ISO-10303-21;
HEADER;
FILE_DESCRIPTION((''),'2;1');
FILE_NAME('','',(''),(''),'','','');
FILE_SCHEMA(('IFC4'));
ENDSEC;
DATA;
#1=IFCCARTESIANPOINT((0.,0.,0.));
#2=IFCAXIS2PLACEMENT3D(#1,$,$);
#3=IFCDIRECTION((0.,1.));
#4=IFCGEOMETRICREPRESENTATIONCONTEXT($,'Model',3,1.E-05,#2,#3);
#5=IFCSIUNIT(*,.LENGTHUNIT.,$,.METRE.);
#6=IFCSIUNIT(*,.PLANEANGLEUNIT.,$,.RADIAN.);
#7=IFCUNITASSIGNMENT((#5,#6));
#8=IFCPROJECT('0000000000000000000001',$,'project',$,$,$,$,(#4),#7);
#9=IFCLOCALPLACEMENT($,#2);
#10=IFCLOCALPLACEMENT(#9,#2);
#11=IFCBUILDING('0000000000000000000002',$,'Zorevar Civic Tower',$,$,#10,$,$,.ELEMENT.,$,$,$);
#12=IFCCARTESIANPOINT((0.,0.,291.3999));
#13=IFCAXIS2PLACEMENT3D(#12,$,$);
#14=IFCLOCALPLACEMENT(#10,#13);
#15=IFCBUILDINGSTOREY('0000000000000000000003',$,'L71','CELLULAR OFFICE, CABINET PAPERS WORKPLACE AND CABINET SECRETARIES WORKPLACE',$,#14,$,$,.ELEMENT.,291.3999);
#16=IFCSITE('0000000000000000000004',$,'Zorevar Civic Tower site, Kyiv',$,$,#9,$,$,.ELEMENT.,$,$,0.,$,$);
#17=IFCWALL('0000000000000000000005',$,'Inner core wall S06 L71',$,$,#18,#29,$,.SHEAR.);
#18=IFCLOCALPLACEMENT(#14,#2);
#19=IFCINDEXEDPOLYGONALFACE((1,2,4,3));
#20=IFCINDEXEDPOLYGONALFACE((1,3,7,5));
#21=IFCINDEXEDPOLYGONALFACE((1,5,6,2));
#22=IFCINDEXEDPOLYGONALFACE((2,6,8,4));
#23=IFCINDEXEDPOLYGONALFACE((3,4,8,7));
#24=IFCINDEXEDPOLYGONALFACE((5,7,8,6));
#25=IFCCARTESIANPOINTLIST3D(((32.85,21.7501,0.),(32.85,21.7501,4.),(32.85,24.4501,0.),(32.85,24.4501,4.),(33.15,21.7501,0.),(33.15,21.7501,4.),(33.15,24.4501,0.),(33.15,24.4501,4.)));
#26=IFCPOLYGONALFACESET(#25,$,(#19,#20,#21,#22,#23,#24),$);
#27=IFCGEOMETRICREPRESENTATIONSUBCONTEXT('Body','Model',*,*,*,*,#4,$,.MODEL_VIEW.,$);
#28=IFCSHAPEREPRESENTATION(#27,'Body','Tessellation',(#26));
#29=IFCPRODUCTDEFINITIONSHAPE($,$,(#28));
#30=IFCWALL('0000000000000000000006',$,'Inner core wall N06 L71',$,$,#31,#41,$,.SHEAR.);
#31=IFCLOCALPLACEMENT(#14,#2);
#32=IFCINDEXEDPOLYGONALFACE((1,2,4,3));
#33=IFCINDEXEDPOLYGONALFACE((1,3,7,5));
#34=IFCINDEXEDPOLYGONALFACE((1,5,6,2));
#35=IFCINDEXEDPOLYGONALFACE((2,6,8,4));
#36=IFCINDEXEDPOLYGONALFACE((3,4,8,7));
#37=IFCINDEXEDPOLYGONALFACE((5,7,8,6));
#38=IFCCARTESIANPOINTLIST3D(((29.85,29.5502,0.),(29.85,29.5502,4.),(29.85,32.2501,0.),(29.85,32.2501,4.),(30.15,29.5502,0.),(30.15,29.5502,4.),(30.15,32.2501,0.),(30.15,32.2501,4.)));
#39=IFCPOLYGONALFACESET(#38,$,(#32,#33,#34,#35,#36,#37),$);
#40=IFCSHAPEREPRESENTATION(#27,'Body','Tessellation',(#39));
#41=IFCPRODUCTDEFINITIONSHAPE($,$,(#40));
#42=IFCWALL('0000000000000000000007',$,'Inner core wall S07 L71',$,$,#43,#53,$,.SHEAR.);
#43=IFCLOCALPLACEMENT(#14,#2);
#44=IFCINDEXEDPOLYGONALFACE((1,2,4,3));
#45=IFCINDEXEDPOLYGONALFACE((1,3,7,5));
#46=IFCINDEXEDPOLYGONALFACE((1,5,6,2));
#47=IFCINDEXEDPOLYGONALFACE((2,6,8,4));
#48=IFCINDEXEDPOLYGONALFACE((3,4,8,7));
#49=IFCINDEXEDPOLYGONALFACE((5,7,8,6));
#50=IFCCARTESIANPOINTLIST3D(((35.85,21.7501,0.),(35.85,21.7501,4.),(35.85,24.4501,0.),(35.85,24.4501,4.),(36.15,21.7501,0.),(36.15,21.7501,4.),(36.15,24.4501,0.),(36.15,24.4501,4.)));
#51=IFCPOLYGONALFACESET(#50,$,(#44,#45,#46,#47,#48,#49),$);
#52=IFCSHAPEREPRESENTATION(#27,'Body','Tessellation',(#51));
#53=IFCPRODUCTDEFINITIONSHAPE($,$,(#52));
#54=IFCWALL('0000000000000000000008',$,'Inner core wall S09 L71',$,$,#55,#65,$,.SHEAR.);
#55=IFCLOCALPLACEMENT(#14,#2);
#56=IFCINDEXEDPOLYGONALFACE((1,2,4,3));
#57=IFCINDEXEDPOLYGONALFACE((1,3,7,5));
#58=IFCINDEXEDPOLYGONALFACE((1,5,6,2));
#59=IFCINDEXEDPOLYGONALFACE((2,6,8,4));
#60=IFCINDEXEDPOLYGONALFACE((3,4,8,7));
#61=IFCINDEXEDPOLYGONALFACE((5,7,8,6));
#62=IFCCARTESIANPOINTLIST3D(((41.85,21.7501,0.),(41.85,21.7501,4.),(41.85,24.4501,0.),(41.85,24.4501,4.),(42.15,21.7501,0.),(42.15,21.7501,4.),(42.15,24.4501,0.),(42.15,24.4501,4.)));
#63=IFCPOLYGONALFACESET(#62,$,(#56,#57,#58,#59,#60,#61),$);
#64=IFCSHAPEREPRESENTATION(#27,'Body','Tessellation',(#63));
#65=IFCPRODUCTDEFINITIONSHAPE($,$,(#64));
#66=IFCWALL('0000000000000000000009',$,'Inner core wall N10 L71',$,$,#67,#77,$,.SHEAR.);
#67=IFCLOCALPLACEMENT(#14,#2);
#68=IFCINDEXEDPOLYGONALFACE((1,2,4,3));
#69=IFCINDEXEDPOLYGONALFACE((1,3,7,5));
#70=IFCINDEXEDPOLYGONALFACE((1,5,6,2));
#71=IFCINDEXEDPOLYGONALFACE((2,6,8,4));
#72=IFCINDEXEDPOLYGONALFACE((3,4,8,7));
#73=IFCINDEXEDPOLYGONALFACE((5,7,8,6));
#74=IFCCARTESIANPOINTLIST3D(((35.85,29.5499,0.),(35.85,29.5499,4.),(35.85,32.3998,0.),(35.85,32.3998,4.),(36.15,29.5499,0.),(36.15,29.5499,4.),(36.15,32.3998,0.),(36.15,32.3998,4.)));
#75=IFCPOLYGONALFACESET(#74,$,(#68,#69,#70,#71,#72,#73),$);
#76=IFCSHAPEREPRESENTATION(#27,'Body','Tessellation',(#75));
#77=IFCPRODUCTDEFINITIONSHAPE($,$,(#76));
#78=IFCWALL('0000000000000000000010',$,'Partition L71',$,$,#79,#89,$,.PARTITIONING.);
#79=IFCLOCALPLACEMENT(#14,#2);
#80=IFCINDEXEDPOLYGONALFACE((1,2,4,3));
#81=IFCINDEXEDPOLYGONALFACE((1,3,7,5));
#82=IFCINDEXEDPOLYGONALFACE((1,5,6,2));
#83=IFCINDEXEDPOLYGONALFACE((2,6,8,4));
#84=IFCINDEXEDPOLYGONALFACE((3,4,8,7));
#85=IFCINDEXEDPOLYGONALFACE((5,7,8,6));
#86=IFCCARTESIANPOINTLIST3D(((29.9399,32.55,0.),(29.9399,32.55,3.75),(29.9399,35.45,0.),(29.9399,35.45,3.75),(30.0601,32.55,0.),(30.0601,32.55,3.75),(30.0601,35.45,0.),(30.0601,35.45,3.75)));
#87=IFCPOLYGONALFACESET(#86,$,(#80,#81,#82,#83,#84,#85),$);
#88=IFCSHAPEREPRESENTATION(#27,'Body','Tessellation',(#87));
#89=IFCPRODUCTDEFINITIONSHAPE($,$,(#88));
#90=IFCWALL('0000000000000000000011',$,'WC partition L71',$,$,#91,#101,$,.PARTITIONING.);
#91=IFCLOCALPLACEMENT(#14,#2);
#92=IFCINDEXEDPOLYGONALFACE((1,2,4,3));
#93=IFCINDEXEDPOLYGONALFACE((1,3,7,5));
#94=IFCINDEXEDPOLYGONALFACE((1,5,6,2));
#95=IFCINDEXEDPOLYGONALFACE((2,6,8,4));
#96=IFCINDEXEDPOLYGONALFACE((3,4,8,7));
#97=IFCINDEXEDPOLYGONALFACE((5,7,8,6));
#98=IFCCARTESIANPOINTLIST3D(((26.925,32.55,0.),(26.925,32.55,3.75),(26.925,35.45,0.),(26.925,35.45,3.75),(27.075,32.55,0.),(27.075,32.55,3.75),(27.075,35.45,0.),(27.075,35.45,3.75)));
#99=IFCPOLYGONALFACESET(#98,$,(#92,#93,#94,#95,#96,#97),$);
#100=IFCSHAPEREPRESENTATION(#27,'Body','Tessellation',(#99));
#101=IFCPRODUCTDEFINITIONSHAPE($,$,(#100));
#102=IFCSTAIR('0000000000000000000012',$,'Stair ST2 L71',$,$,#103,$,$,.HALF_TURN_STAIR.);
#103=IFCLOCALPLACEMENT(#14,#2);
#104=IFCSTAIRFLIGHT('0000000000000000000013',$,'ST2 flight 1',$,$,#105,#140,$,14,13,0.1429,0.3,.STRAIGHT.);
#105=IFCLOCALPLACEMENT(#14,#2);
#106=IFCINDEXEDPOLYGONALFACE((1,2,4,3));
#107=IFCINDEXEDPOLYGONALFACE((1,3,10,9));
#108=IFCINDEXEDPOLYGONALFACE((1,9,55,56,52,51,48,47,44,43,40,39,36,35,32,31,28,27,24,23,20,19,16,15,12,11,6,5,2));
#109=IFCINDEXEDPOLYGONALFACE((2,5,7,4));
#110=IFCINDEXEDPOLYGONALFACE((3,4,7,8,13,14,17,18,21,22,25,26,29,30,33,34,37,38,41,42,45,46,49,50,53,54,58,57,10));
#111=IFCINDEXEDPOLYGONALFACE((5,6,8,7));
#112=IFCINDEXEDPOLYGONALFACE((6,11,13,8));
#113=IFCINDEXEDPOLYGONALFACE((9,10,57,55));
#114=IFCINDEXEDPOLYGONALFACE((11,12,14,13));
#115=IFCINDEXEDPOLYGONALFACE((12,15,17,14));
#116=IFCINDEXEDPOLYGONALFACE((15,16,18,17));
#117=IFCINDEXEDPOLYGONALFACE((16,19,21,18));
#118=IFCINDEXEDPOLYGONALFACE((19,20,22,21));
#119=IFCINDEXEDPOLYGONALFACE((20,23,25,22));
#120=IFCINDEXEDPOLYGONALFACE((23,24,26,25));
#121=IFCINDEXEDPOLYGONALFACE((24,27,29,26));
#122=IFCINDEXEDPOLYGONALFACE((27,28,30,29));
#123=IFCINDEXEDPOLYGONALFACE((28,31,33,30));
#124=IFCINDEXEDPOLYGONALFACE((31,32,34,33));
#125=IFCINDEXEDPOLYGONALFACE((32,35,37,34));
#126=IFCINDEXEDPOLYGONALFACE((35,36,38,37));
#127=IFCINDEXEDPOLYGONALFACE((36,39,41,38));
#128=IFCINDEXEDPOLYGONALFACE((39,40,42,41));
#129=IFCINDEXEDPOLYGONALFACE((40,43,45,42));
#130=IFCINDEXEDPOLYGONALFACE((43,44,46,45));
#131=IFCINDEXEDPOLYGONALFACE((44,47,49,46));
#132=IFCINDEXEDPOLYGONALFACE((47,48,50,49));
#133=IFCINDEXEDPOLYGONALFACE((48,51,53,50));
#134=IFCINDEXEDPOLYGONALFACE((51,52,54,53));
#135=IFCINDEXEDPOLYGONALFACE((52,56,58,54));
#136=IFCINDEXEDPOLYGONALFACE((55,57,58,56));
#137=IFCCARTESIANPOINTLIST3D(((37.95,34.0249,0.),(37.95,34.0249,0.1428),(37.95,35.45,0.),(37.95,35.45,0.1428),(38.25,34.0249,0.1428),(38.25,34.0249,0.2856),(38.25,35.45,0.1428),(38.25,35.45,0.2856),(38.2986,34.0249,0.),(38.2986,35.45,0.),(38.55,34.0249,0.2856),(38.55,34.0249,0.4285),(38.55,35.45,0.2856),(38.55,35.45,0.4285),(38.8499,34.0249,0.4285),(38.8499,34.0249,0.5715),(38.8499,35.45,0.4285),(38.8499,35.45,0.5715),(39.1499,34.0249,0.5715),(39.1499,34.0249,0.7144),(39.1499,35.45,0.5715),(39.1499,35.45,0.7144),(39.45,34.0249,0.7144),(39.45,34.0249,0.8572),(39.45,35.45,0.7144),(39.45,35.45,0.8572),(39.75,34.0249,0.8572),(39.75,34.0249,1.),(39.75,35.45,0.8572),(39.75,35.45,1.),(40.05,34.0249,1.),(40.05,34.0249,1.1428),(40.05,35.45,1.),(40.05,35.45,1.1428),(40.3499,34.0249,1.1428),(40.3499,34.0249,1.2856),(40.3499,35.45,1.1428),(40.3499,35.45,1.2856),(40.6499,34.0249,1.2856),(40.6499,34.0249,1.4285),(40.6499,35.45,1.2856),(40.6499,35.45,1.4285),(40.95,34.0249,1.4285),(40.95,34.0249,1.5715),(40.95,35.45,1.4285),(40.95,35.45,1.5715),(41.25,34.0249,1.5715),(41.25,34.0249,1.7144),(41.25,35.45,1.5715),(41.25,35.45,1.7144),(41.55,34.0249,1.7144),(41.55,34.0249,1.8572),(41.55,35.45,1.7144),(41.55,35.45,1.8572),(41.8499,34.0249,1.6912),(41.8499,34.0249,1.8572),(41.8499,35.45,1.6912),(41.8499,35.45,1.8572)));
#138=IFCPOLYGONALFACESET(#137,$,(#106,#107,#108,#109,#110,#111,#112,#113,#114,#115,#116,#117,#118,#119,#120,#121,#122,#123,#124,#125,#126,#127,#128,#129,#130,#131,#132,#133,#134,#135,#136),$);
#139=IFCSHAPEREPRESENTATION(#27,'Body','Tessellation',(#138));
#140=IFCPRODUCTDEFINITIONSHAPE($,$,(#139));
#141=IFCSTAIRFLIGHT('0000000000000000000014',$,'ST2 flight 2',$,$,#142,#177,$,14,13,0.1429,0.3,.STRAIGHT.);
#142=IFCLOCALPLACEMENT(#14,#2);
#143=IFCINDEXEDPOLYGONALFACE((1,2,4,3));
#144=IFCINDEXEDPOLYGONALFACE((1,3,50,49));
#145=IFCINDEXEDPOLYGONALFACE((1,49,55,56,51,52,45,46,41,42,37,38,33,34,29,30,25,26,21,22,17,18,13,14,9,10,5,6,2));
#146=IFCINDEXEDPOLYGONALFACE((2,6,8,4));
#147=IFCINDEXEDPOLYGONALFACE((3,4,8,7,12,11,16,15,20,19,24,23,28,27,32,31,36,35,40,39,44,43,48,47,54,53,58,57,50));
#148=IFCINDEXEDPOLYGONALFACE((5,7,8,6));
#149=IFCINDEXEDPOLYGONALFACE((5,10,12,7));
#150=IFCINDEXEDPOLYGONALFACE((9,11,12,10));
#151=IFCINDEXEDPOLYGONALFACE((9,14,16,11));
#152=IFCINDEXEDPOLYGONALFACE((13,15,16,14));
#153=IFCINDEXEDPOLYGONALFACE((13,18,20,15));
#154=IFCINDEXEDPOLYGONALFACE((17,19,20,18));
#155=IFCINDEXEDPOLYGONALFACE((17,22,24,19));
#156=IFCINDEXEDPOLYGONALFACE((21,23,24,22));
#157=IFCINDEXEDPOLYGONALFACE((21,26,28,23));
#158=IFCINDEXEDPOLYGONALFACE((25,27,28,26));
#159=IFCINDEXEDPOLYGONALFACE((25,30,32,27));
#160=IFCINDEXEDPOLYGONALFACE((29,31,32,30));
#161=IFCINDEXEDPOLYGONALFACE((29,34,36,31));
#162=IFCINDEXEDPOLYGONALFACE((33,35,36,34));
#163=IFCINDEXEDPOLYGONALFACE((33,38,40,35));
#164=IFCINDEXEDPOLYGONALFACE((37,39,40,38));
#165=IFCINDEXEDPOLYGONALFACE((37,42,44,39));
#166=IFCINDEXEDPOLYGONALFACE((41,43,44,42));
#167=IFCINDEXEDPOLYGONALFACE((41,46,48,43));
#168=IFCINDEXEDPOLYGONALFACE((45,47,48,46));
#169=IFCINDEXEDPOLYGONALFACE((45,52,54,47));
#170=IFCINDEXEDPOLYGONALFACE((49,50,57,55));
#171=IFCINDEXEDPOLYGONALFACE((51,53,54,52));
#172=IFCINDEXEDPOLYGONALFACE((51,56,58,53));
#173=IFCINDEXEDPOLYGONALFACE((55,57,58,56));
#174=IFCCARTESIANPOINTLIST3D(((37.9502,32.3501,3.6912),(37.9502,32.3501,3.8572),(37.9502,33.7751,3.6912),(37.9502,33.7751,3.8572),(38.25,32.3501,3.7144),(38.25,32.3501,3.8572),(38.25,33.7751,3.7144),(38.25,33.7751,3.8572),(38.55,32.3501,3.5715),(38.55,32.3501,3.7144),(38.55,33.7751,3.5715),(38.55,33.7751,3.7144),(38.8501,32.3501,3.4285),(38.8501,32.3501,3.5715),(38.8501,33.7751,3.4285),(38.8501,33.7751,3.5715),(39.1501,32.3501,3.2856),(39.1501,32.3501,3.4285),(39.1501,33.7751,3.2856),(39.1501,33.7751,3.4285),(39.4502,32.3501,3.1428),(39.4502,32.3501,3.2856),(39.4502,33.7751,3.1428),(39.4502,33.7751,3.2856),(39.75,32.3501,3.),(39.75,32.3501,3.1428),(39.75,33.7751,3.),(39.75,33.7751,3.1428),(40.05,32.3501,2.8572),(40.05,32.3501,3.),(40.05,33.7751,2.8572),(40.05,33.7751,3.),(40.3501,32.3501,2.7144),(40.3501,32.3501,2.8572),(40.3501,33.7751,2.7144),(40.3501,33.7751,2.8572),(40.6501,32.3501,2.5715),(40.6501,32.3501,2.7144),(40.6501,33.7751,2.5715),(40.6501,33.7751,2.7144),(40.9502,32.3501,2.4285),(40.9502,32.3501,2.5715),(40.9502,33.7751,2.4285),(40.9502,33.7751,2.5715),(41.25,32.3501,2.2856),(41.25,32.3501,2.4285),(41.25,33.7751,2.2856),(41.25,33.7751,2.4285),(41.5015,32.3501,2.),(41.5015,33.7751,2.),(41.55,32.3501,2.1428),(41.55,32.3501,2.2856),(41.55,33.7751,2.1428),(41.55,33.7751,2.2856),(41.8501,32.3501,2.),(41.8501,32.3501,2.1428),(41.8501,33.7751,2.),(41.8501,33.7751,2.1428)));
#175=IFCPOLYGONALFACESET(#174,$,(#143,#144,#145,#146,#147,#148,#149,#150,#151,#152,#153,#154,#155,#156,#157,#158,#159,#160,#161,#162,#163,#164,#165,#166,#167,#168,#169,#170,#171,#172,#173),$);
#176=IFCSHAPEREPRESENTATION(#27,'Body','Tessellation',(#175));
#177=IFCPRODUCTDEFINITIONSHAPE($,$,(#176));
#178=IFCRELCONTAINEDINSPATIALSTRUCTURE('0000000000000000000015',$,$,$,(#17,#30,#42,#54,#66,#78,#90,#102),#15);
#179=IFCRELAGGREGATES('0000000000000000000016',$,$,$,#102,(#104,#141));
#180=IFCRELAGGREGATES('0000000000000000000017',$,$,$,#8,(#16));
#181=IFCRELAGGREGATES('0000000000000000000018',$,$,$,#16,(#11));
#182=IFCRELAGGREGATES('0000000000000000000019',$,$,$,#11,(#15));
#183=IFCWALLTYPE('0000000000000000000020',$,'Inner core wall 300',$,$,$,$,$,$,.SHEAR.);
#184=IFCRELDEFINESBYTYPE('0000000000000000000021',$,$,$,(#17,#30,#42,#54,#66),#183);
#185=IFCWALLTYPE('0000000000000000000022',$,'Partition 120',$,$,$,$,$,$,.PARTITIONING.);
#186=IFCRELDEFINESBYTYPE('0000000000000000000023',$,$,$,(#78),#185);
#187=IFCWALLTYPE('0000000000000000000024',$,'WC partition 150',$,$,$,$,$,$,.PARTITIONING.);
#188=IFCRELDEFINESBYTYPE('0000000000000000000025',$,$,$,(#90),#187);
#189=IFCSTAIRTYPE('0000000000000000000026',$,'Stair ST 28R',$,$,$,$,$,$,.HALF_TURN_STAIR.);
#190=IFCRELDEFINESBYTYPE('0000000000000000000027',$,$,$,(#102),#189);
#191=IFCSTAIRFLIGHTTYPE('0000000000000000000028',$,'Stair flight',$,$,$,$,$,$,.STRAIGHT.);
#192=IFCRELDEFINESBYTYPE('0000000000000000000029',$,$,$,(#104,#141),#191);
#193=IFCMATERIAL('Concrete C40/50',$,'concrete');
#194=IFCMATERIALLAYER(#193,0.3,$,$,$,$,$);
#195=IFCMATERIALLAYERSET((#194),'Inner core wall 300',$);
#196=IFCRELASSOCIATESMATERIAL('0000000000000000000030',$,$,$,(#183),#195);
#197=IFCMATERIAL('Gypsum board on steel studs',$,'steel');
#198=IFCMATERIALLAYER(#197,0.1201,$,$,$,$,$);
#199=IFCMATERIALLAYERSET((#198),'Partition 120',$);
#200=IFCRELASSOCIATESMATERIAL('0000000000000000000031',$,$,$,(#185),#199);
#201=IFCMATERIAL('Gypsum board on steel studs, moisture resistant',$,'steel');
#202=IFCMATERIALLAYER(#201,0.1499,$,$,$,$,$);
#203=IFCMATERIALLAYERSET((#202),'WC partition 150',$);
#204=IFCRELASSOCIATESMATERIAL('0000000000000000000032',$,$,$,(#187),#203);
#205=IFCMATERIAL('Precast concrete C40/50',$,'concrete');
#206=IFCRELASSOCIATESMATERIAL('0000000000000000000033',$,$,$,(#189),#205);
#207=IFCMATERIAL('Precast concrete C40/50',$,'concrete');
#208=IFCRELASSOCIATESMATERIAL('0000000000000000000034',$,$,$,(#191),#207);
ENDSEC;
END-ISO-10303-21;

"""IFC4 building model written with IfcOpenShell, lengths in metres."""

from ifc_helpers import new_model, si_unit, direction, frame, frame_2d, origin, place, context, subcontext, project, spatial, polyline, rectangle, outline, extrude, material, layer, layer_set, type_object, element, aggregate, save


model = new_model("IFC4")

# Units and contexts
model_context = context("Model", 3, precision=1e-05, world=origin(), true_north=direction((0.0, 1.0)))
body_context = subcontext(model_context, "Body", "Model", "MODEL_VIEW")
ifc_project = project(units=[si_unit("LENGTHUNIT", "METRE"), si_unit("PLANEANGLEUNIT", "RADIAN")], contexts=[model_context])

# Site, building, storey
site_placement = place(None, origin())
site = spatial("IfcSite", under=ifc_project, at=site_placement, Name="Zorevar Civic Tower site, Kyiv", CompositionType="ELEMENT", RefElevation=0.0)
building_placement = place(site_placement, origin())
building = spatial("IfcBuilding", under=site, at=building_placement, Name="Zorevar Civic Tower", CompositionType="ELEMENT")
storey_placement = place(building_placement, frame((0.0, 0.0, 291.3999)))
storey = spatial("IfcBuildingStorey", under=building, at=storey_placement, Name="L71", Description="CELLULAR OFFICE, CABINET PAPERS WORKPLACE AND CABINET SECRETARIES WORKPLACE", CompositionType="ELEMENT", Elevation=291.3999)

# Shared definitions
ifc_material_1 = material(Name="Concrete C40/50", Category="concrete")
ifc_layer_1 = layer(ifc_material_1, 0.3)
ifc_layer_set_1 = layer_set([ifc_layer_1], Name="Inner core wall 300")
wall_type_1 = type_object("IfcWallType", Name="Inner core wall 300", PredefinedType="SHEAR", material=ifc_layer_set_1)

# Walls
for number, where, z_axis, x_axis, name in (
    (1, (33.0, 21.75, 0.0), (0.0, 0.0, 1.0), (0.0, 1.0, 0.0), "Inner core wall S06 L71"),
    (2, (30.0, 29.55, 0.0), (0.0, 0.0, 1.0), (0.0, 1.0, 0.0), "Inner core wall N06 L71"),
    (3, (36.0, 21.75, 0.0), (0.0, 0.0, 1.0), (0.0, 1.0, 0.0), "Inner core wall S07 L71"),
    (4, (42.0, 21.75, 0.0), (0.0, 0.0, 1.0), (0.0, 1.0, 0.0), "Inner core wall S09 L71"),
):
    element("IfcWall", number, at=place(storey_placement, frame(where, z_axis=z_axis, x_axis=x_axis)), inside=storey, type_object=wall_type_1, Name=name, PredefinedType="SHEAR", context=body_context, shape_type="SweptSolid", body=[
        extrude(rectangle(XDim=2.7, YDim=0.3, at=frame_2d((1.3501, 0.0))), origin(), (0.0, 0.0, 1.0), 4.0),
    ])
wall_1_placement = place(storey_placement, frame((36.0, 29.55, 0.0), z_axis=(0.0, 0.0, 1.0), x_axis=(0.0, 1.0, 0.0)))
element("IfcWall", 5, at=wall_1_placement, inside=storey, type_object=wall_type_1, Name="Inner core wall N10 L71", PredefinedType="SHEAR", context=body_context, shape_type="SweptSolid", body=[
    extrude(rectangle(XDim=2.8499, YDim=0.3, at=frame_2d((1.4248, 0.0))), origin(), (0.0, 0.0, 1.0), 4.0),
])
ifc_material_2 = material(Name="Gypsum board on steel studs", Category="steel")
ifc_layer_2 = layer(ifc_material_2, 0.1201)
ifc_layer_set_2 = layer_set([ifc_layer_2], Name="Partition 120")
wall_type_2 = type_object("IfcWallType", Name="Partition 120", PredefinedType="PARTITIONING", material=ifc_layer_set_2)
wall_2_placement = place(storey_placement, frame((30.0, 32.55, 0.0), z_axis=(0.0, 0.0, 1.0), x_axis=(0.0, 1.0, 0.0)))
element("IfcWall", 6, at=wall_2_placement, inside=storey, type_object=wall_type_2, Name="Partition L71", PredefinedType="PARTITIONING", context=body_context, shape_type="SweptSolid", body=[
    extrude(rectangle(XDim=2.8999, YDim=0.1201, at=frame_2d((1.45, 0.0))), origin(), (0.0, 0.0, 1.0), 3.75),
])
ifc_material_3 = material(Name="Gypsum board on steel studs, moisture resistant", Category="steel")
ifc_layer_3 = layer(ifc_material_3, 0.1499)
ifc_layer_set_3 = layer_set([ifc_layer_3], Name="WC partition 150")
wall_type_3 = type_object("IfcWallType", Name="WC partition 150", PredefinedType="PARTITIONING", material=ifc_layer_set_3)
wall_3_placement = place(storey_placement, frame((27.0, 32.55, 0.0), z_axis=(0.0, 0.0, 1.0), x_axis=(0.0, 1.0, 0.0)))
element("IfcWall", 7, at=wall_3_placement, inside=storey, type_object=wall_type_3, Name="WC partition L71", PredefinedType="PARTITIONING", context=body_context, shape_type="SweptSolid", body=[
    extrude(rectangle(XDim=2.8999, YDim=0.1499, at=frame_2d((1.45, 0.0))), origin(), (0.0, 0.0, 1.0), 3.75),
])

# Stair, stair flights
ifc_material_4 = material(Name="Precast concrete C40/50", Category="concrete")
stair_type = type_object("IfcStairType", Name="Stair ST 28R", PredefinedType="HALF_TURN_STAIR", material=ifc_material_4)
stair_placement = place(storey_placement, origin())
stair = element("IfcStair", 8, at=stair_placement, inside=storey, type_object=stair_type, Name="Stair ST2 L71", PredefinedType="HALF_TURN_STAIR")
ifc_material_5 = material(Name="Precast concrete C40/50", Category="concrete")
stair_flight_type = type_object("IfcStairFlightType", Name="Stair flight", PredefinedType="STRAIGHT", material=ifc_material_5)
stair_flight_1_placement = place(storey_placement, frame((37.95, 34.7375, 0.0), z_axis=(0.0, 0.0, 1.0), x_axis=(1.0, 0.0, 0.0)))
stair_flight_1 = element("IfcStairFlight", 9, at=stair_flight_1_placement, type_object=stair_flight_type, Name="ST2 flight 1", NumberOfRisers=14, NumberOfTreads=13, PredefinedType="STRAIGHT", RiserHeight=0.1429, TreadLength=0.3, context=body_context, shape_type="SweptSolid", body=[
    extrude(outline(polyline([(0.0, 0.0), (0.0, 0.1428), (0.3, 0.1428), (0.3, 0.2856), (0.6001, 0.2856), (0.6001, 0.4285), (0.8999, 0.4285), (0.8999, 0.5715), (1.2, 0.5715), (1.2, 0.7144), (1.5, 0.7144), (1.5, 0.8572), (1.8, 0.8572), (1.8, 1.0), (2.1001, 1.0), (2.1001, 1.1428), (2.3999, 1.1428), (2.3999, 1.2856), (2.7, 1.2856), (2.7, 1.4285), (3.0, 1.4285), (3.0, 1.5715), (3.3, 1.5715), (3.3, 1.7144), (3.6001, 1.7144), (3.6001, 1.8572), (3.8999, 1.8572), (3.8999, 2.0), (3.8999, 1.6912), (0.3486, 0.0), (0.0, 0.0)])), frame((0.0, 0.7124, 0.0), z_axis=(0.0, -1.0, 0.0), x_axis=(1.0, 0.0, 0.0)), (0.0, 0.0, 1.0), 1.425),
])
stair_flight_2_placement = place(storey_placement, frame((41.8501, 33.0625, 2.0), z_axis=(0.0, 0.0, 1.0), x_axis=(-1.0, 0.0, 0.0)))
stair_flight_2 = element("IfcStairFlight", 10, at=stair_flight_2_placement, type_object=stair_flight_type, Name="ST2 flight 2", NumberOfRisers=14, NumberOfTreads=13, PredefinedType="STRAIGHT", RiserHeight=0.1429, TreadLength=0.3, context=body_context, shape_type="SweptSolid", body=[
    extrude(outline(polyline([(0.0, 0.0), (0.0, 0.1428), (0.3, 0.1428), (0.3, 0.2856), (0.6001, 0.2856), (0.6001, 0.4285), (0.8999, 0.4285), (0.8999, 0.5715), (1.2, 0.5715), (1.2, 0.7144), (1.5, 0.7144), (1.5, 0.8572), (1.8, 0.8572), (1.8, 1.0), (2.1001, 1.0), (2.1001, 1.1428), (2.3999, 1.1428), (2.3999, 1.2856), (2.7, 1.2856), (2.7, 1.4285), (3.0, 1.4285), (3.0, 1.5715), (3.3, 1.5715), (3.3, 1.7144), (3.6001, 1.7144), (3.6001, 1.8572), (3.8999, 1.8572), (3.8999, 2.0), (3.8999, 1.6912), (0.3486, 0.0), (0.0, 0.0)])), frame((0.0, 0.7124, 0.0), z_axis=(0.0, -1.0, 0.0), x_axis=(1.0, 0.0, 0.0)), (0.0, 0.0, 1.0), 1.425),
])
aggregate(stair, [stair_flight_1, stair_flight_2])

save(model, "model.ifc")
